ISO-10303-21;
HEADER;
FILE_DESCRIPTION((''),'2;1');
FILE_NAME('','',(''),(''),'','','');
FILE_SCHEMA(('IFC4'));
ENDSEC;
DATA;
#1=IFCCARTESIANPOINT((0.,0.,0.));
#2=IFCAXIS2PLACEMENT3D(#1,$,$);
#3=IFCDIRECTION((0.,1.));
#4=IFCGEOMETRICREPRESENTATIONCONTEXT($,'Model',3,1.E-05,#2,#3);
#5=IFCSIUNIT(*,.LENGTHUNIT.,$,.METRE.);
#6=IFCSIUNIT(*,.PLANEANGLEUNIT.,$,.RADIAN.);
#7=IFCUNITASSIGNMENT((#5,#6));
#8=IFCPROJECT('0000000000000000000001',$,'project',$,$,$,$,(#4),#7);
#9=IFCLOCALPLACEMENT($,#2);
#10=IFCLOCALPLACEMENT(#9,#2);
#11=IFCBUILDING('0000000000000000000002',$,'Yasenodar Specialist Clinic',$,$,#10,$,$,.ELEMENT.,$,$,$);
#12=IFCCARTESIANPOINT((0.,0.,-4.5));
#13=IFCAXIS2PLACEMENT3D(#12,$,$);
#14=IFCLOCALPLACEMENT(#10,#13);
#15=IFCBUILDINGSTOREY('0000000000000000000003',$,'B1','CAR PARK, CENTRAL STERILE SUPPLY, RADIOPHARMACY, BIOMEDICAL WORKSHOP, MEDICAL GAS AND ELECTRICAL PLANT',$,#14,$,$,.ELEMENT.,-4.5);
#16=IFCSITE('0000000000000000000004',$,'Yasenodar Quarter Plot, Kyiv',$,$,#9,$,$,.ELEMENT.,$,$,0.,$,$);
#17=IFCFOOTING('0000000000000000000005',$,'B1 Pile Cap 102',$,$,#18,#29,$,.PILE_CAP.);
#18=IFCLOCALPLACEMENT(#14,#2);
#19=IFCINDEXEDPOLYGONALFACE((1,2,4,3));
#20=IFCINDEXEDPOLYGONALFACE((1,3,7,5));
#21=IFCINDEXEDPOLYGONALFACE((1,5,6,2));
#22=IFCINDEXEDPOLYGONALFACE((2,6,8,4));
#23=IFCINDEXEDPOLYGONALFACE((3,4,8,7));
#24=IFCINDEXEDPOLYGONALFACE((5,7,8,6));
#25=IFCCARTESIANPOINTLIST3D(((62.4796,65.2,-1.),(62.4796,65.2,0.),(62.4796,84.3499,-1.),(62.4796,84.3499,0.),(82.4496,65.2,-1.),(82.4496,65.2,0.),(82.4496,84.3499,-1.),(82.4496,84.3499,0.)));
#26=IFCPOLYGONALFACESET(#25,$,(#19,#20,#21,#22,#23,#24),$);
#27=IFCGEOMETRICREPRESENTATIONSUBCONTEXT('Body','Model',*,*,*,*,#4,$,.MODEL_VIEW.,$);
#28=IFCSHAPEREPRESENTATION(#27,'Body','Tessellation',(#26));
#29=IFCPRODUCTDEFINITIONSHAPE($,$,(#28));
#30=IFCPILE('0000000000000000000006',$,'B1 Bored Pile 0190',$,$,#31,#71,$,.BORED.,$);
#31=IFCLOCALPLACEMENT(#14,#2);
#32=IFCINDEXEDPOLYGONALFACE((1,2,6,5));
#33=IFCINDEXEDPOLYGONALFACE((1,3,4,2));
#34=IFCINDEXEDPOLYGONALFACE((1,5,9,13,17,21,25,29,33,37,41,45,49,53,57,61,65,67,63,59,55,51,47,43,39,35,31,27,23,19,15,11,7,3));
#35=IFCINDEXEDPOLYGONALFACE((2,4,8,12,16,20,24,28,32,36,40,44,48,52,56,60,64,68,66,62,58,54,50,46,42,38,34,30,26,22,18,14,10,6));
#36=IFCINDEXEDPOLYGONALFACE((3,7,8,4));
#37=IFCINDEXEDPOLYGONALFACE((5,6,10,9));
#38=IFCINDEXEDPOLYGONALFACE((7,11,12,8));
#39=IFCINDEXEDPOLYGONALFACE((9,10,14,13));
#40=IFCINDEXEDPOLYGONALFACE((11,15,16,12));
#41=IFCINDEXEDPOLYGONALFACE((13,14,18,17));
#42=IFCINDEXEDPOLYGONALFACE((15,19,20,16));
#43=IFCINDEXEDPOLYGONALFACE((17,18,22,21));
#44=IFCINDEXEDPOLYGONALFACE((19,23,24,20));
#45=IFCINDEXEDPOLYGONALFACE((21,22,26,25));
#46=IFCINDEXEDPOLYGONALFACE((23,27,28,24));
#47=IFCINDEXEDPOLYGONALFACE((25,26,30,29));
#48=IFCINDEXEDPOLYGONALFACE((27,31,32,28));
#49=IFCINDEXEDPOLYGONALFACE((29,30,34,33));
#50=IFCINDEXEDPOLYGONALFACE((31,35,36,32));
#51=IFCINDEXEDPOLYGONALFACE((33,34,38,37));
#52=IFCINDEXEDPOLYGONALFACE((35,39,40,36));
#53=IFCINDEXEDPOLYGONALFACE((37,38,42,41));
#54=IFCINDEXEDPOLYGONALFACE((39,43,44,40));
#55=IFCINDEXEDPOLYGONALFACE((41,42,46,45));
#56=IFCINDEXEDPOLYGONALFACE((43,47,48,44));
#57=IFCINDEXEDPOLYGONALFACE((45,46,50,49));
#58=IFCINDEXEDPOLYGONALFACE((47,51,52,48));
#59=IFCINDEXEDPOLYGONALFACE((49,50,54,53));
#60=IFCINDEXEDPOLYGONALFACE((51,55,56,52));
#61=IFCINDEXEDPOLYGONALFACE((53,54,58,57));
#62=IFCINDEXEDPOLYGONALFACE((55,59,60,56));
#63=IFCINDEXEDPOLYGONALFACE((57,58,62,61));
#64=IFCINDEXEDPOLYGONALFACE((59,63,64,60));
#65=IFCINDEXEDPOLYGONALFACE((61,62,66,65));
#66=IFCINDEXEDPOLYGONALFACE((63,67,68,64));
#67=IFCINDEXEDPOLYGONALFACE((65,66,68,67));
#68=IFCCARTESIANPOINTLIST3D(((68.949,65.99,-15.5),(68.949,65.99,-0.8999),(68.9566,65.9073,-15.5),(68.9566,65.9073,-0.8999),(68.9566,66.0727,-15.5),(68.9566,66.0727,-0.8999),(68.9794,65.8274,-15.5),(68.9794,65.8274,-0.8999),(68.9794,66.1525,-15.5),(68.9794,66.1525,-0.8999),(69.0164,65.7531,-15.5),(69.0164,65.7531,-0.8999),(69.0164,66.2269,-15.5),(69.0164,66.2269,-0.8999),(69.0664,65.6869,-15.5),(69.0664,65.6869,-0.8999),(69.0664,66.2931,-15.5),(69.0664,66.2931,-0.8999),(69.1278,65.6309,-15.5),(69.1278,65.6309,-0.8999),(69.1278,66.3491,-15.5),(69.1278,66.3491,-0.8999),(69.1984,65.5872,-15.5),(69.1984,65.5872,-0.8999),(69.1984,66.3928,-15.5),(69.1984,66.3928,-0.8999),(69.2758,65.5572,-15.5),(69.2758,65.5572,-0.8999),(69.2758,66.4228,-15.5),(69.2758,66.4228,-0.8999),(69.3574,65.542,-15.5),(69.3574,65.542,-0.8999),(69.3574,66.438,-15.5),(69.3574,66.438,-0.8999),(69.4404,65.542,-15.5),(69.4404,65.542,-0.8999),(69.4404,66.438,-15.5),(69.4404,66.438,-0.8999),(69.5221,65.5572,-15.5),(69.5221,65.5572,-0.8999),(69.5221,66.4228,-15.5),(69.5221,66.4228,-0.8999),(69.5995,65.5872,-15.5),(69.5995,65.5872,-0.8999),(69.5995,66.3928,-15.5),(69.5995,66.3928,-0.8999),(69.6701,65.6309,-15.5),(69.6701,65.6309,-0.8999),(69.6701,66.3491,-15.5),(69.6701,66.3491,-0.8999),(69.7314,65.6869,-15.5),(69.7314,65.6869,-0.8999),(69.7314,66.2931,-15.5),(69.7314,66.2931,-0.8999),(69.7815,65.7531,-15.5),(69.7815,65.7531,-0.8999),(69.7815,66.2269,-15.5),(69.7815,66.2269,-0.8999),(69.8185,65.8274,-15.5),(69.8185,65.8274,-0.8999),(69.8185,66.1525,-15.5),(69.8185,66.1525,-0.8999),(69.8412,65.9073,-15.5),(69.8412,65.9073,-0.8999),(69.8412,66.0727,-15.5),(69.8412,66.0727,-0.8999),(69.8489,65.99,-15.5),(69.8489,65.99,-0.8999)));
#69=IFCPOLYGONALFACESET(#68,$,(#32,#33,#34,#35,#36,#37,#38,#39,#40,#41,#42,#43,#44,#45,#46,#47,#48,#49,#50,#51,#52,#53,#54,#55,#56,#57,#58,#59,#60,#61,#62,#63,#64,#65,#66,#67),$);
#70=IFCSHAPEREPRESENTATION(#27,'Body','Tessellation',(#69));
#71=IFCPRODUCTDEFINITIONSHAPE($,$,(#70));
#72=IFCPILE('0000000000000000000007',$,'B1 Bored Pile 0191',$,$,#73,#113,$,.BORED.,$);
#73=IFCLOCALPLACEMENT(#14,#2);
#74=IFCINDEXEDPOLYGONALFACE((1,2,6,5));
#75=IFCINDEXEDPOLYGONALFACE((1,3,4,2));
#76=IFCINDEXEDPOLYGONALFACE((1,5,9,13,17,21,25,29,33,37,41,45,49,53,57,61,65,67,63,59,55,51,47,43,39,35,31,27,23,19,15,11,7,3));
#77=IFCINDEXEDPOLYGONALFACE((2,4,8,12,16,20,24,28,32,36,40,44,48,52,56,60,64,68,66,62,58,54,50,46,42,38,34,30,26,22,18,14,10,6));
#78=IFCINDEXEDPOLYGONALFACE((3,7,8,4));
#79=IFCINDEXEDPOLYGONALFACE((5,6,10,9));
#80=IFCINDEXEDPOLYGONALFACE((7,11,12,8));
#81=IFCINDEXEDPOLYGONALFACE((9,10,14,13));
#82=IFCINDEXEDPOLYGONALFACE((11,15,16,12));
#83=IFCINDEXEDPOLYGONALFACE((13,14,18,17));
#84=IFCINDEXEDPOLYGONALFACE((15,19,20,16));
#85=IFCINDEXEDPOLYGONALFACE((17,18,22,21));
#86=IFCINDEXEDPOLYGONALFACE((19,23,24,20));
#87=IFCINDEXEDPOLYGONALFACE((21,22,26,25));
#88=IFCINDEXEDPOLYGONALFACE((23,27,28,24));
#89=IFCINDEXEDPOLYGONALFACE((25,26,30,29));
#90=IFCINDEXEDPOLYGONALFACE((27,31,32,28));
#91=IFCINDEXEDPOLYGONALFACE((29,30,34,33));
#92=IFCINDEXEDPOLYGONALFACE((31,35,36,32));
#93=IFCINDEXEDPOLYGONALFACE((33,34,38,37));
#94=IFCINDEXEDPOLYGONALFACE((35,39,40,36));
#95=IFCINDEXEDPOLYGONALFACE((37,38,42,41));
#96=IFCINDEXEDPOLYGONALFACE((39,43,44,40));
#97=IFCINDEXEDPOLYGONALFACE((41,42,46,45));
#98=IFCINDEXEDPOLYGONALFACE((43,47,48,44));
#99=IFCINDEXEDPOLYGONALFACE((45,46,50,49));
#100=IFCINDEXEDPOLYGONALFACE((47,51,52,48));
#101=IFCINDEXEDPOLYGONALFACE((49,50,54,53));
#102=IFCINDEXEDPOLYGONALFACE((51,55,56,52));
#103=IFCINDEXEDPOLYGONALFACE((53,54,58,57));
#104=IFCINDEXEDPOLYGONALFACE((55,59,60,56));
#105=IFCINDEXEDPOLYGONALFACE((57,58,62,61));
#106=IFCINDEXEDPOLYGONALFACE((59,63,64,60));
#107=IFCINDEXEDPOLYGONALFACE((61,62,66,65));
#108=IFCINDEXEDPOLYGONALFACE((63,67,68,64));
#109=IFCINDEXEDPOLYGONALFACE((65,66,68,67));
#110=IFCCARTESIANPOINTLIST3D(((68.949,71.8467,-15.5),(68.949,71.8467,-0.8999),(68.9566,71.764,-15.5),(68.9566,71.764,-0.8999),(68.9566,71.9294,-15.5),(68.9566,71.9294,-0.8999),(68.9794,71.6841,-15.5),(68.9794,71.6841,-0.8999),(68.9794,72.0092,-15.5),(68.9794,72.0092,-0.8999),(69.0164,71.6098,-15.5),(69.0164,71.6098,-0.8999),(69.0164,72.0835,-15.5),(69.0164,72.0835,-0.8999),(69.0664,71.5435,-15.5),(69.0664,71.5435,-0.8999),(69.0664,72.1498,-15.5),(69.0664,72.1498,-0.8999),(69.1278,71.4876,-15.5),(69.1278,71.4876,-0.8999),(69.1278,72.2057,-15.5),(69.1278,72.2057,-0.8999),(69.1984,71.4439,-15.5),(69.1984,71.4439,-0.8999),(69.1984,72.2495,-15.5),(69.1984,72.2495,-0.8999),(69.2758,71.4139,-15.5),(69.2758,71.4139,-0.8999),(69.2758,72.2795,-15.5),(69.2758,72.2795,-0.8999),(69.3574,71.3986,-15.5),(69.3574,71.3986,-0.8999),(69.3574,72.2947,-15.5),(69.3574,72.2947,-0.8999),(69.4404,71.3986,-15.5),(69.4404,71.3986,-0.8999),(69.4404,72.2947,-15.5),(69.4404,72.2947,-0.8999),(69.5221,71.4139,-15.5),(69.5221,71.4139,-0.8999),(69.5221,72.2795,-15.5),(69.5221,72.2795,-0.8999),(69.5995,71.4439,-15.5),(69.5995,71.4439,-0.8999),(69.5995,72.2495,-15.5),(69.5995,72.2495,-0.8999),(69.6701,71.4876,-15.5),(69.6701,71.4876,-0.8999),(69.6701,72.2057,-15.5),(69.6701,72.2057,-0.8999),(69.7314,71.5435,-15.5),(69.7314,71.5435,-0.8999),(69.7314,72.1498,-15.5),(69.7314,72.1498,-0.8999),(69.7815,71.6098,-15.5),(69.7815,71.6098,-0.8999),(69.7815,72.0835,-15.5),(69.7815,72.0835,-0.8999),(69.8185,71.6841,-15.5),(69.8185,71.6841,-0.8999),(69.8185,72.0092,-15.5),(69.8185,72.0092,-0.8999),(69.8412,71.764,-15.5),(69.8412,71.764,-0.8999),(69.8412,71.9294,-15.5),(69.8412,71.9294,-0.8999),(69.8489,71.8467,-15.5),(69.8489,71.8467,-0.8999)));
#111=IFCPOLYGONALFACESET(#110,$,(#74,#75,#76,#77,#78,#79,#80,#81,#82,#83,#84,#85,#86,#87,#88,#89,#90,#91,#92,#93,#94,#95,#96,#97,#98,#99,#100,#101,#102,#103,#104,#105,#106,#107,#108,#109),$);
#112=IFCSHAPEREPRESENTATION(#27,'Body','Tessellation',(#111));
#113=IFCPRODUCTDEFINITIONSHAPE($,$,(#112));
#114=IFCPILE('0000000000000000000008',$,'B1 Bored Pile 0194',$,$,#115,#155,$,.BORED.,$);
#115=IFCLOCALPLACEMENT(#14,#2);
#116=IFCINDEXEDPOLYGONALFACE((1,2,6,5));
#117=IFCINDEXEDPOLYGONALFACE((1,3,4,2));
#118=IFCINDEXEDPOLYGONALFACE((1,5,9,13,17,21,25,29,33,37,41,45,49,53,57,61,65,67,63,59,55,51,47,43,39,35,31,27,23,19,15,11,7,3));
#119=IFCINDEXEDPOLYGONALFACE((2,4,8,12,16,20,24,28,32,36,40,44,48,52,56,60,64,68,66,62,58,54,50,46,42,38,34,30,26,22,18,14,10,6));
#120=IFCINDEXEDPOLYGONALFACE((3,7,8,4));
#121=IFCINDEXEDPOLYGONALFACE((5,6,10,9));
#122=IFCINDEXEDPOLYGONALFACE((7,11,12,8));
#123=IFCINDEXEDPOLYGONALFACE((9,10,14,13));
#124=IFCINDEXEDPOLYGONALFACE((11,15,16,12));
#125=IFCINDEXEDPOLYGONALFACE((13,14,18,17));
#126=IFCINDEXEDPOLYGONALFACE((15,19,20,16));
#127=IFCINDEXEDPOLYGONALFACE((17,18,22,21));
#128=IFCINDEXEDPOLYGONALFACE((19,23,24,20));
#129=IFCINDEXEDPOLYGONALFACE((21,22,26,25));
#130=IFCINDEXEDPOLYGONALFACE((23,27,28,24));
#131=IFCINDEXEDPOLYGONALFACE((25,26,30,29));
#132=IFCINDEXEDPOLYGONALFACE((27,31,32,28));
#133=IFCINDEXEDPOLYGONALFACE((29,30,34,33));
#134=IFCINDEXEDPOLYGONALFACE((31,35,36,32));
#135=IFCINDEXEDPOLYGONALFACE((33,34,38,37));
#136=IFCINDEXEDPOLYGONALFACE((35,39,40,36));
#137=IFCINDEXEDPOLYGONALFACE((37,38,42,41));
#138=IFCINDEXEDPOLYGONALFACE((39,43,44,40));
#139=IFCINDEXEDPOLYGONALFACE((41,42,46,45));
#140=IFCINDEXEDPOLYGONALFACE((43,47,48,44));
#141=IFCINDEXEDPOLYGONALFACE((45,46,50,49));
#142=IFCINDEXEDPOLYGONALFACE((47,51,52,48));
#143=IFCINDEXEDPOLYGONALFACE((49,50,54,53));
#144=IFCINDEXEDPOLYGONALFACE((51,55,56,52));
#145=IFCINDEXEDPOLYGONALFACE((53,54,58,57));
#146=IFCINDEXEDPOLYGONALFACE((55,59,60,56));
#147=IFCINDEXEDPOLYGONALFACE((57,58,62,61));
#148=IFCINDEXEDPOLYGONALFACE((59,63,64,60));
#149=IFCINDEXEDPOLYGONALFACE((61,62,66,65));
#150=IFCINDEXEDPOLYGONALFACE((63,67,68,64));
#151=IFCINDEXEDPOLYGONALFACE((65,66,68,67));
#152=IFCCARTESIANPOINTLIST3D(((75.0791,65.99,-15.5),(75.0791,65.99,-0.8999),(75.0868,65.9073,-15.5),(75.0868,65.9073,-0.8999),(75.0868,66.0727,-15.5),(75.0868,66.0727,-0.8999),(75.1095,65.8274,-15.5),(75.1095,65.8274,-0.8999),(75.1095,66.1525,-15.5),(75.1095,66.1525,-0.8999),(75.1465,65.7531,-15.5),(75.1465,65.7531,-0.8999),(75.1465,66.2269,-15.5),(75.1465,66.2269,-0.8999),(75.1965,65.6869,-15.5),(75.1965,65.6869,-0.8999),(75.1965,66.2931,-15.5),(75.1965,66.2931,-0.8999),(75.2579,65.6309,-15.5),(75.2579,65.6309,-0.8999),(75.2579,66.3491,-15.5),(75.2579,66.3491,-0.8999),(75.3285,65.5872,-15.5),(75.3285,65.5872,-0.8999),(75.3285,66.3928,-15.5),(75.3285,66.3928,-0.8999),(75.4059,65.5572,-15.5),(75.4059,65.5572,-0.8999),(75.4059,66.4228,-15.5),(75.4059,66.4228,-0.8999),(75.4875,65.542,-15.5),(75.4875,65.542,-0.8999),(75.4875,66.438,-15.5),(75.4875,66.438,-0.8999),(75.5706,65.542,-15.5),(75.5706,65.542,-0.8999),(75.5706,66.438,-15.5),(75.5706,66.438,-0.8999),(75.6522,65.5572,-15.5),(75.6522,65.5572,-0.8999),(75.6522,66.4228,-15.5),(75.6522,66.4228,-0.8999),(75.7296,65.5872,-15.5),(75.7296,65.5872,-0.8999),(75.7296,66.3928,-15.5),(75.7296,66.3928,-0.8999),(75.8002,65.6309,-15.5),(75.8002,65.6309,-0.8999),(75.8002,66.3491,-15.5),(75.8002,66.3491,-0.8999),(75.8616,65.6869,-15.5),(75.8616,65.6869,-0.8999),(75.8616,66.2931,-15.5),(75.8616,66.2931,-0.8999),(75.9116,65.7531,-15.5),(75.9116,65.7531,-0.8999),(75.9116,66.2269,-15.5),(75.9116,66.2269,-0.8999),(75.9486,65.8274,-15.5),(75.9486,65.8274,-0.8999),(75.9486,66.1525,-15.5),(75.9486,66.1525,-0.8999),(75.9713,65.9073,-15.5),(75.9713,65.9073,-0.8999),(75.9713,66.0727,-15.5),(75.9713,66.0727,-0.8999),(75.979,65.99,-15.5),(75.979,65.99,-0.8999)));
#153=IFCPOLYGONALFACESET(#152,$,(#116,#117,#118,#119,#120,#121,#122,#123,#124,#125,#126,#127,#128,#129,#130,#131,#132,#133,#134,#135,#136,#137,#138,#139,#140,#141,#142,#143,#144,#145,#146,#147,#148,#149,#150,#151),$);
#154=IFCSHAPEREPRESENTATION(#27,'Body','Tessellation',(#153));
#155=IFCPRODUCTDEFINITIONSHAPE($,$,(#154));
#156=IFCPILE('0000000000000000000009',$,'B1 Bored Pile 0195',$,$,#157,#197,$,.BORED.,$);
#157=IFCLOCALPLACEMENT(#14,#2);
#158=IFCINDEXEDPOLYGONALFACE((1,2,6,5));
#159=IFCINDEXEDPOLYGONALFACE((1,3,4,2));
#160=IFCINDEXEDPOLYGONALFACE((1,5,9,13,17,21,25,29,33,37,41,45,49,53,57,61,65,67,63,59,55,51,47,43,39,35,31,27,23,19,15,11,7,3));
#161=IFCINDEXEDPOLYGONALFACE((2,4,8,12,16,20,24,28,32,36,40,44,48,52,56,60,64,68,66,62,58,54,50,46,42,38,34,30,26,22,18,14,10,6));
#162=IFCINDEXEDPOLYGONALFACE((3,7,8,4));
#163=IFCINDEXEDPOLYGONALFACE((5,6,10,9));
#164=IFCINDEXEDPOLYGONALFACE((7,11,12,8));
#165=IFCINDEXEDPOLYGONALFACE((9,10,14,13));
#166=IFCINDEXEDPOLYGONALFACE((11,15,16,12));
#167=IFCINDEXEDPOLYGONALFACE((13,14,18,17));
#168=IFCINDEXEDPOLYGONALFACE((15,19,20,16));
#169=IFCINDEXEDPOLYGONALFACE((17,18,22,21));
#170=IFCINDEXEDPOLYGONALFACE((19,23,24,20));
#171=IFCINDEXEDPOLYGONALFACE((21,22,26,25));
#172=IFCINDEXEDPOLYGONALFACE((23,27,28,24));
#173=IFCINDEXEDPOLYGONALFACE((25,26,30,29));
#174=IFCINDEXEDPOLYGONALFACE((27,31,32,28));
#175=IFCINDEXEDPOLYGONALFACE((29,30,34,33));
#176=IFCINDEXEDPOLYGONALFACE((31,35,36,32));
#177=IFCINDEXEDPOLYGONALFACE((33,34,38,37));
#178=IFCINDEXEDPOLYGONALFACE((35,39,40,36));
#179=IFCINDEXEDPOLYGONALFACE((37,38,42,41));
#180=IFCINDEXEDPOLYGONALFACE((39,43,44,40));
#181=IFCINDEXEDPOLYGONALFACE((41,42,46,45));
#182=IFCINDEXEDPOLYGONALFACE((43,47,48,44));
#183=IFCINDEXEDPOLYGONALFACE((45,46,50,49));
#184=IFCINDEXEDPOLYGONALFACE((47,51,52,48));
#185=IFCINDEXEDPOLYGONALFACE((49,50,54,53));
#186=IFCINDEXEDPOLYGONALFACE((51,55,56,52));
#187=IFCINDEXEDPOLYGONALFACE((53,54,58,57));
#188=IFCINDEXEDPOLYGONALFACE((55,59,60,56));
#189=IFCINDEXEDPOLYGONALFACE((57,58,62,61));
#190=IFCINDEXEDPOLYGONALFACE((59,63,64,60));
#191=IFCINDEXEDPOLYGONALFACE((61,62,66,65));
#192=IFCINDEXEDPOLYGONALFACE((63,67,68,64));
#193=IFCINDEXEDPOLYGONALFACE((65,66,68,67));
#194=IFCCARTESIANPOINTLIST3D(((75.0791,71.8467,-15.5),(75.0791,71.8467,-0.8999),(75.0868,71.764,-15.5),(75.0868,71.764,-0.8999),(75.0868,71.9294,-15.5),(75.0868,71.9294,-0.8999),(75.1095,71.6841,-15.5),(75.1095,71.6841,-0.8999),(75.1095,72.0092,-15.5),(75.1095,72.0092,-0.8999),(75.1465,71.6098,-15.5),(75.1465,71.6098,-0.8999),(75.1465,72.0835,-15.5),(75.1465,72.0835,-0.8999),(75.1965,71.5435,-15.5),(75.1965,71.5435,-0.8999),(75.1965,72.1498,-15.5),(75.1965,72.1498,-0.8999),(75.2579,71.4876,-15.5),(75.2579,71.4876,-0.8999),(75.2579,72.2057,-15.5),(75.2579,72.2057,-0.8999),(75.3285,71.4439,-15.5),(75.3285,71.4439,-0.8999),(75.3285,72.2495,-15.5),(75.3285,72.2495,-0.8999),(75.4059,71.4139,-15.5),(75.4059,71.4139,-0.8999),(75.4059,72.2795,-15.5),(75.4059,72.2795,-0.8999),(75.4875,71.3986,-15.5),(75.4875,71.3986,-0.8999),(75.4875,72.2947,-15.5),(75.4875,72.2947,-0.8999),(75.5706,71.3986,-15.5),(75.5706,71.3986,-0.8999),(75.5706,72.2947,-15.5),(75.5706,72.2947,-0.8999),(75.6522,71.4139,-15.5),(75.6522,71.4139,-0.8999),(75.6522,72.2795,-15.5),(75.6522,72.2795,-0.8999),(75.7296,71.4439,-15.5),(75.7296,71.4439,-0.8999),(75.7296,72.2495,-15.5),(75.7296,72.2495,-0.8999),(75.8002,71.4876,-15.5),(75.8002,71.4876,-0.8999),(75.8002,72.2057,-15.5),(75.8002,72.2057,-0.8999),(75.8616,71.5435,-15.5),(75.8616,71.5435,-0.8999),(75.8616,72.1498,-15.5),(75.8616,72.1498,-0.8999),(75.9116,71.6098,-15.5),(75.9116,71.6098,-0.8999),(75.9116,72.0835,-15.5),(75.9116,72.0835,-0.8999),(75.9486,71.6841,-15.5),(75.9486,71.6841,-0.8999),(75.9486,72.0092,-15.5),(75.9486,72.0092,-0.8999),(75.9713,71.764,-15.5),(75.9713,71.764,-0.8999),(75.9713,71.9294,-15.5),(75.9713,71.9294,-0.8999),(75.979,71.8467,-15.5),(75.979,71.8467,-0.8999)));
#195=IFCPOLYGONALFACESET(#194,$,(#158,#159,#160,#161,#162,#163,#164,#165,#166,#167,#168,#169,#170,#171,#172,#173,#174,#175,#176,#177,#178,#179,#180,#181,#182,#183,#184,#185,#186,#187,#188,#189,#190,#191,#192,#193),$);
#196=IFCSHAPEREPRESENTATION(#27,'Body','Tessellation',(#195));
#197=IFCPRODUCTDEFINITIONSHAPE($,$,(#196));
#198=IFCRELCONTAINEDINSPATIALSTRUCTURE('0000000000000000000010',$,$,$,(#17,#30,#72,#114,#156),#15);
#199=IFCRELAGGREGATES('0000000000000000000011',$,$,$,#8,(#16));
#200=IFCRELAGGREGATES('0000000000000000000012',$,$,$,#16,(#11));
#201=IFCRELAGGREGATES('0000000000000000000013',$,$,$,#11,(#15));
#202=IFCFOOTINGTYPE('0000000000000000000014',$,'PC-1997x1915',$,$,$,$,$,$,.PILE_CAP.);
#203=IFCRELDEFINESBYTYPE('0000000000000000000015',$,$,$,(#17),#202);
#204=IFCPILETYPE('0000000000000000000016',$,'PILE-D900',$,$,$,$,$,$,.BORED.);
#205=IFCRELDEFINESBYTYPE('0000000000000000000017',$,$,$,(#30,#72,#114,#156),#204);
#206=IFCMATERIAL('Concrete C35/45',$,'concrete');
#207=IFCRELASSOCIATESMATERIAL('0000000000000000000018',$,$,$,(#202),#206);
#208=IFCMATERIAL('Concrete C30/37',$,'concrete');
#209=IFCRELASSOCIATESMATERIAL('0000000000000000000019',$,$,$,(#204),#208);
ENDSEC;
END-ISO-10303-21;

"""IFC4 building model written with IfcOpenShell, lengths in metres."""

from ifc_helpers import new_model, si_unit, direction, frame, origin, origin_2d, place, context, subcontext, project, spatial, rectangle, circle, extrude, material, material_profile, profile_set, type_object, element, save


model = new_model("IFC4")

# Units and contexts
model_context = context("Model", 3, precision=1e-05, world=origin(), true_north=direction((0.0, 1.0)))
body_context = subcontext(model_context, "Body", "Model", "MODEL_VIEW")
ifc_project = project(units=[si_unit("LENGTHUNIT", "METRE"), si_unit("PLANEANGLEUNIT", "RADIAN")], contexts=[model_context])

# Site, building, storey
site_placement = place(None, origin())
site = spatial("IfcSite", under=ifc_project, at=site_placement, Name="Yasenodar Quarter Plot, Kyiv", CompositionType="ELEMENT", RefElevation=0.0)
building_placement = place(site_placement, origin())
building = spatial("IfcBuilding", under=site, at=building_placement, Name="Yasenodar Specialist Clinic", CompositionType="ELEMENT")
storey_placement = place(building_placement, frame((0.0, 0.0, -4.5)))
storey = spatial("IfcBuildingStorey", under=building, at=storey_placement, Name="B1", Description="CAR PARK, CENTRAL STERILE SUPPLY, RADIOPHARMACY, BIOMEDICAL WORKSHOP, MEDICAL GAS AND ELECTRICAL PLANT", CompositionType="ELEMENT", Elevation=-4.5)

# Footing
ifc_material_1 = material(Name="Concrete C35/45", Category="concrete")
footing_type = type_object("IfcFootingType", Name="PC-1997x1915", PredefinedType="PILE_CAP", material=ifc_material_1)
footing_placement = place(storey_placement, frame((72.4646, 74.7749, -1.0), z_axis=(0.0, 0.0, 1.0), x_axis=(1.0, 0.0, 0.0)))
element("IfcFooting", 1, at=footing_placement, inside=storey, type_object=footing_type, Name="B1 Pile Cap 102", PredefinedType="PILE_CAP", context=body_context, shape_type="SweptSolid", body=[
    extrude(rectangle(XDim=19.97, YDim=19.1499, at=origin_2d()), origin(), (0.0, 0.0, 1.0), 1.0),
])

# Piles
ifc_material_2 = material(Name="Concrete C30/37", Category="concrete")
ifc_material_profile_1 = material_profile(ifc_material_2, circle(Radius=0.45, at=origin_2d()), Name="PILE D900")
ifc_profile_set_1 = profile_set([ifc_material_profile_1], Name="Concrete C30/37")
pile_type = type_object("IfcPileType", Name="PILE-D900", PredefinedType="BORED", material=ifc_profile_set_1)
for number, where, z_axis, x_axis, name in (
    (2, (69.3989, 65.99, -0.8999), (0.0, 0.0, -1.0), (1.0, 0.0, 0.0), "B1 Bored Pile 0190"),
    (3, (69.3989, 71.8467, -0.8999), (0.0, 0.0, -1.0), (1.0, 0.0, 0.0), "B1 Bored Pile 0191"),
    (4, (75.5291, 65.99, -0.8999), (0.0, 0.0, -1.0), (1.0, 0.0, 0.0), "B1 Bored Pile 0194"),
    (5, (75.5291, 71.8467, -0.8999), (0.0, 0.0, -1.0), (1.0, 0.0, 0.0), "B1 Bored Pile 0195"),
):
    element("IfcPile", number, at=place(storey_placement, frame(where, z_axis=z_axis, x_axis=x_axis)), inside=storey, type_object=pile_type, Name=name, PredefinedType="BORED", context=body_context, shape_type="SweptSolid", body=[
        extrude(circle(Radius=0.45, at=origin_2d()), origin(), (0.0, 0.0, 1.0), 14.6001),
    ])

save(model, "model.ifc")
